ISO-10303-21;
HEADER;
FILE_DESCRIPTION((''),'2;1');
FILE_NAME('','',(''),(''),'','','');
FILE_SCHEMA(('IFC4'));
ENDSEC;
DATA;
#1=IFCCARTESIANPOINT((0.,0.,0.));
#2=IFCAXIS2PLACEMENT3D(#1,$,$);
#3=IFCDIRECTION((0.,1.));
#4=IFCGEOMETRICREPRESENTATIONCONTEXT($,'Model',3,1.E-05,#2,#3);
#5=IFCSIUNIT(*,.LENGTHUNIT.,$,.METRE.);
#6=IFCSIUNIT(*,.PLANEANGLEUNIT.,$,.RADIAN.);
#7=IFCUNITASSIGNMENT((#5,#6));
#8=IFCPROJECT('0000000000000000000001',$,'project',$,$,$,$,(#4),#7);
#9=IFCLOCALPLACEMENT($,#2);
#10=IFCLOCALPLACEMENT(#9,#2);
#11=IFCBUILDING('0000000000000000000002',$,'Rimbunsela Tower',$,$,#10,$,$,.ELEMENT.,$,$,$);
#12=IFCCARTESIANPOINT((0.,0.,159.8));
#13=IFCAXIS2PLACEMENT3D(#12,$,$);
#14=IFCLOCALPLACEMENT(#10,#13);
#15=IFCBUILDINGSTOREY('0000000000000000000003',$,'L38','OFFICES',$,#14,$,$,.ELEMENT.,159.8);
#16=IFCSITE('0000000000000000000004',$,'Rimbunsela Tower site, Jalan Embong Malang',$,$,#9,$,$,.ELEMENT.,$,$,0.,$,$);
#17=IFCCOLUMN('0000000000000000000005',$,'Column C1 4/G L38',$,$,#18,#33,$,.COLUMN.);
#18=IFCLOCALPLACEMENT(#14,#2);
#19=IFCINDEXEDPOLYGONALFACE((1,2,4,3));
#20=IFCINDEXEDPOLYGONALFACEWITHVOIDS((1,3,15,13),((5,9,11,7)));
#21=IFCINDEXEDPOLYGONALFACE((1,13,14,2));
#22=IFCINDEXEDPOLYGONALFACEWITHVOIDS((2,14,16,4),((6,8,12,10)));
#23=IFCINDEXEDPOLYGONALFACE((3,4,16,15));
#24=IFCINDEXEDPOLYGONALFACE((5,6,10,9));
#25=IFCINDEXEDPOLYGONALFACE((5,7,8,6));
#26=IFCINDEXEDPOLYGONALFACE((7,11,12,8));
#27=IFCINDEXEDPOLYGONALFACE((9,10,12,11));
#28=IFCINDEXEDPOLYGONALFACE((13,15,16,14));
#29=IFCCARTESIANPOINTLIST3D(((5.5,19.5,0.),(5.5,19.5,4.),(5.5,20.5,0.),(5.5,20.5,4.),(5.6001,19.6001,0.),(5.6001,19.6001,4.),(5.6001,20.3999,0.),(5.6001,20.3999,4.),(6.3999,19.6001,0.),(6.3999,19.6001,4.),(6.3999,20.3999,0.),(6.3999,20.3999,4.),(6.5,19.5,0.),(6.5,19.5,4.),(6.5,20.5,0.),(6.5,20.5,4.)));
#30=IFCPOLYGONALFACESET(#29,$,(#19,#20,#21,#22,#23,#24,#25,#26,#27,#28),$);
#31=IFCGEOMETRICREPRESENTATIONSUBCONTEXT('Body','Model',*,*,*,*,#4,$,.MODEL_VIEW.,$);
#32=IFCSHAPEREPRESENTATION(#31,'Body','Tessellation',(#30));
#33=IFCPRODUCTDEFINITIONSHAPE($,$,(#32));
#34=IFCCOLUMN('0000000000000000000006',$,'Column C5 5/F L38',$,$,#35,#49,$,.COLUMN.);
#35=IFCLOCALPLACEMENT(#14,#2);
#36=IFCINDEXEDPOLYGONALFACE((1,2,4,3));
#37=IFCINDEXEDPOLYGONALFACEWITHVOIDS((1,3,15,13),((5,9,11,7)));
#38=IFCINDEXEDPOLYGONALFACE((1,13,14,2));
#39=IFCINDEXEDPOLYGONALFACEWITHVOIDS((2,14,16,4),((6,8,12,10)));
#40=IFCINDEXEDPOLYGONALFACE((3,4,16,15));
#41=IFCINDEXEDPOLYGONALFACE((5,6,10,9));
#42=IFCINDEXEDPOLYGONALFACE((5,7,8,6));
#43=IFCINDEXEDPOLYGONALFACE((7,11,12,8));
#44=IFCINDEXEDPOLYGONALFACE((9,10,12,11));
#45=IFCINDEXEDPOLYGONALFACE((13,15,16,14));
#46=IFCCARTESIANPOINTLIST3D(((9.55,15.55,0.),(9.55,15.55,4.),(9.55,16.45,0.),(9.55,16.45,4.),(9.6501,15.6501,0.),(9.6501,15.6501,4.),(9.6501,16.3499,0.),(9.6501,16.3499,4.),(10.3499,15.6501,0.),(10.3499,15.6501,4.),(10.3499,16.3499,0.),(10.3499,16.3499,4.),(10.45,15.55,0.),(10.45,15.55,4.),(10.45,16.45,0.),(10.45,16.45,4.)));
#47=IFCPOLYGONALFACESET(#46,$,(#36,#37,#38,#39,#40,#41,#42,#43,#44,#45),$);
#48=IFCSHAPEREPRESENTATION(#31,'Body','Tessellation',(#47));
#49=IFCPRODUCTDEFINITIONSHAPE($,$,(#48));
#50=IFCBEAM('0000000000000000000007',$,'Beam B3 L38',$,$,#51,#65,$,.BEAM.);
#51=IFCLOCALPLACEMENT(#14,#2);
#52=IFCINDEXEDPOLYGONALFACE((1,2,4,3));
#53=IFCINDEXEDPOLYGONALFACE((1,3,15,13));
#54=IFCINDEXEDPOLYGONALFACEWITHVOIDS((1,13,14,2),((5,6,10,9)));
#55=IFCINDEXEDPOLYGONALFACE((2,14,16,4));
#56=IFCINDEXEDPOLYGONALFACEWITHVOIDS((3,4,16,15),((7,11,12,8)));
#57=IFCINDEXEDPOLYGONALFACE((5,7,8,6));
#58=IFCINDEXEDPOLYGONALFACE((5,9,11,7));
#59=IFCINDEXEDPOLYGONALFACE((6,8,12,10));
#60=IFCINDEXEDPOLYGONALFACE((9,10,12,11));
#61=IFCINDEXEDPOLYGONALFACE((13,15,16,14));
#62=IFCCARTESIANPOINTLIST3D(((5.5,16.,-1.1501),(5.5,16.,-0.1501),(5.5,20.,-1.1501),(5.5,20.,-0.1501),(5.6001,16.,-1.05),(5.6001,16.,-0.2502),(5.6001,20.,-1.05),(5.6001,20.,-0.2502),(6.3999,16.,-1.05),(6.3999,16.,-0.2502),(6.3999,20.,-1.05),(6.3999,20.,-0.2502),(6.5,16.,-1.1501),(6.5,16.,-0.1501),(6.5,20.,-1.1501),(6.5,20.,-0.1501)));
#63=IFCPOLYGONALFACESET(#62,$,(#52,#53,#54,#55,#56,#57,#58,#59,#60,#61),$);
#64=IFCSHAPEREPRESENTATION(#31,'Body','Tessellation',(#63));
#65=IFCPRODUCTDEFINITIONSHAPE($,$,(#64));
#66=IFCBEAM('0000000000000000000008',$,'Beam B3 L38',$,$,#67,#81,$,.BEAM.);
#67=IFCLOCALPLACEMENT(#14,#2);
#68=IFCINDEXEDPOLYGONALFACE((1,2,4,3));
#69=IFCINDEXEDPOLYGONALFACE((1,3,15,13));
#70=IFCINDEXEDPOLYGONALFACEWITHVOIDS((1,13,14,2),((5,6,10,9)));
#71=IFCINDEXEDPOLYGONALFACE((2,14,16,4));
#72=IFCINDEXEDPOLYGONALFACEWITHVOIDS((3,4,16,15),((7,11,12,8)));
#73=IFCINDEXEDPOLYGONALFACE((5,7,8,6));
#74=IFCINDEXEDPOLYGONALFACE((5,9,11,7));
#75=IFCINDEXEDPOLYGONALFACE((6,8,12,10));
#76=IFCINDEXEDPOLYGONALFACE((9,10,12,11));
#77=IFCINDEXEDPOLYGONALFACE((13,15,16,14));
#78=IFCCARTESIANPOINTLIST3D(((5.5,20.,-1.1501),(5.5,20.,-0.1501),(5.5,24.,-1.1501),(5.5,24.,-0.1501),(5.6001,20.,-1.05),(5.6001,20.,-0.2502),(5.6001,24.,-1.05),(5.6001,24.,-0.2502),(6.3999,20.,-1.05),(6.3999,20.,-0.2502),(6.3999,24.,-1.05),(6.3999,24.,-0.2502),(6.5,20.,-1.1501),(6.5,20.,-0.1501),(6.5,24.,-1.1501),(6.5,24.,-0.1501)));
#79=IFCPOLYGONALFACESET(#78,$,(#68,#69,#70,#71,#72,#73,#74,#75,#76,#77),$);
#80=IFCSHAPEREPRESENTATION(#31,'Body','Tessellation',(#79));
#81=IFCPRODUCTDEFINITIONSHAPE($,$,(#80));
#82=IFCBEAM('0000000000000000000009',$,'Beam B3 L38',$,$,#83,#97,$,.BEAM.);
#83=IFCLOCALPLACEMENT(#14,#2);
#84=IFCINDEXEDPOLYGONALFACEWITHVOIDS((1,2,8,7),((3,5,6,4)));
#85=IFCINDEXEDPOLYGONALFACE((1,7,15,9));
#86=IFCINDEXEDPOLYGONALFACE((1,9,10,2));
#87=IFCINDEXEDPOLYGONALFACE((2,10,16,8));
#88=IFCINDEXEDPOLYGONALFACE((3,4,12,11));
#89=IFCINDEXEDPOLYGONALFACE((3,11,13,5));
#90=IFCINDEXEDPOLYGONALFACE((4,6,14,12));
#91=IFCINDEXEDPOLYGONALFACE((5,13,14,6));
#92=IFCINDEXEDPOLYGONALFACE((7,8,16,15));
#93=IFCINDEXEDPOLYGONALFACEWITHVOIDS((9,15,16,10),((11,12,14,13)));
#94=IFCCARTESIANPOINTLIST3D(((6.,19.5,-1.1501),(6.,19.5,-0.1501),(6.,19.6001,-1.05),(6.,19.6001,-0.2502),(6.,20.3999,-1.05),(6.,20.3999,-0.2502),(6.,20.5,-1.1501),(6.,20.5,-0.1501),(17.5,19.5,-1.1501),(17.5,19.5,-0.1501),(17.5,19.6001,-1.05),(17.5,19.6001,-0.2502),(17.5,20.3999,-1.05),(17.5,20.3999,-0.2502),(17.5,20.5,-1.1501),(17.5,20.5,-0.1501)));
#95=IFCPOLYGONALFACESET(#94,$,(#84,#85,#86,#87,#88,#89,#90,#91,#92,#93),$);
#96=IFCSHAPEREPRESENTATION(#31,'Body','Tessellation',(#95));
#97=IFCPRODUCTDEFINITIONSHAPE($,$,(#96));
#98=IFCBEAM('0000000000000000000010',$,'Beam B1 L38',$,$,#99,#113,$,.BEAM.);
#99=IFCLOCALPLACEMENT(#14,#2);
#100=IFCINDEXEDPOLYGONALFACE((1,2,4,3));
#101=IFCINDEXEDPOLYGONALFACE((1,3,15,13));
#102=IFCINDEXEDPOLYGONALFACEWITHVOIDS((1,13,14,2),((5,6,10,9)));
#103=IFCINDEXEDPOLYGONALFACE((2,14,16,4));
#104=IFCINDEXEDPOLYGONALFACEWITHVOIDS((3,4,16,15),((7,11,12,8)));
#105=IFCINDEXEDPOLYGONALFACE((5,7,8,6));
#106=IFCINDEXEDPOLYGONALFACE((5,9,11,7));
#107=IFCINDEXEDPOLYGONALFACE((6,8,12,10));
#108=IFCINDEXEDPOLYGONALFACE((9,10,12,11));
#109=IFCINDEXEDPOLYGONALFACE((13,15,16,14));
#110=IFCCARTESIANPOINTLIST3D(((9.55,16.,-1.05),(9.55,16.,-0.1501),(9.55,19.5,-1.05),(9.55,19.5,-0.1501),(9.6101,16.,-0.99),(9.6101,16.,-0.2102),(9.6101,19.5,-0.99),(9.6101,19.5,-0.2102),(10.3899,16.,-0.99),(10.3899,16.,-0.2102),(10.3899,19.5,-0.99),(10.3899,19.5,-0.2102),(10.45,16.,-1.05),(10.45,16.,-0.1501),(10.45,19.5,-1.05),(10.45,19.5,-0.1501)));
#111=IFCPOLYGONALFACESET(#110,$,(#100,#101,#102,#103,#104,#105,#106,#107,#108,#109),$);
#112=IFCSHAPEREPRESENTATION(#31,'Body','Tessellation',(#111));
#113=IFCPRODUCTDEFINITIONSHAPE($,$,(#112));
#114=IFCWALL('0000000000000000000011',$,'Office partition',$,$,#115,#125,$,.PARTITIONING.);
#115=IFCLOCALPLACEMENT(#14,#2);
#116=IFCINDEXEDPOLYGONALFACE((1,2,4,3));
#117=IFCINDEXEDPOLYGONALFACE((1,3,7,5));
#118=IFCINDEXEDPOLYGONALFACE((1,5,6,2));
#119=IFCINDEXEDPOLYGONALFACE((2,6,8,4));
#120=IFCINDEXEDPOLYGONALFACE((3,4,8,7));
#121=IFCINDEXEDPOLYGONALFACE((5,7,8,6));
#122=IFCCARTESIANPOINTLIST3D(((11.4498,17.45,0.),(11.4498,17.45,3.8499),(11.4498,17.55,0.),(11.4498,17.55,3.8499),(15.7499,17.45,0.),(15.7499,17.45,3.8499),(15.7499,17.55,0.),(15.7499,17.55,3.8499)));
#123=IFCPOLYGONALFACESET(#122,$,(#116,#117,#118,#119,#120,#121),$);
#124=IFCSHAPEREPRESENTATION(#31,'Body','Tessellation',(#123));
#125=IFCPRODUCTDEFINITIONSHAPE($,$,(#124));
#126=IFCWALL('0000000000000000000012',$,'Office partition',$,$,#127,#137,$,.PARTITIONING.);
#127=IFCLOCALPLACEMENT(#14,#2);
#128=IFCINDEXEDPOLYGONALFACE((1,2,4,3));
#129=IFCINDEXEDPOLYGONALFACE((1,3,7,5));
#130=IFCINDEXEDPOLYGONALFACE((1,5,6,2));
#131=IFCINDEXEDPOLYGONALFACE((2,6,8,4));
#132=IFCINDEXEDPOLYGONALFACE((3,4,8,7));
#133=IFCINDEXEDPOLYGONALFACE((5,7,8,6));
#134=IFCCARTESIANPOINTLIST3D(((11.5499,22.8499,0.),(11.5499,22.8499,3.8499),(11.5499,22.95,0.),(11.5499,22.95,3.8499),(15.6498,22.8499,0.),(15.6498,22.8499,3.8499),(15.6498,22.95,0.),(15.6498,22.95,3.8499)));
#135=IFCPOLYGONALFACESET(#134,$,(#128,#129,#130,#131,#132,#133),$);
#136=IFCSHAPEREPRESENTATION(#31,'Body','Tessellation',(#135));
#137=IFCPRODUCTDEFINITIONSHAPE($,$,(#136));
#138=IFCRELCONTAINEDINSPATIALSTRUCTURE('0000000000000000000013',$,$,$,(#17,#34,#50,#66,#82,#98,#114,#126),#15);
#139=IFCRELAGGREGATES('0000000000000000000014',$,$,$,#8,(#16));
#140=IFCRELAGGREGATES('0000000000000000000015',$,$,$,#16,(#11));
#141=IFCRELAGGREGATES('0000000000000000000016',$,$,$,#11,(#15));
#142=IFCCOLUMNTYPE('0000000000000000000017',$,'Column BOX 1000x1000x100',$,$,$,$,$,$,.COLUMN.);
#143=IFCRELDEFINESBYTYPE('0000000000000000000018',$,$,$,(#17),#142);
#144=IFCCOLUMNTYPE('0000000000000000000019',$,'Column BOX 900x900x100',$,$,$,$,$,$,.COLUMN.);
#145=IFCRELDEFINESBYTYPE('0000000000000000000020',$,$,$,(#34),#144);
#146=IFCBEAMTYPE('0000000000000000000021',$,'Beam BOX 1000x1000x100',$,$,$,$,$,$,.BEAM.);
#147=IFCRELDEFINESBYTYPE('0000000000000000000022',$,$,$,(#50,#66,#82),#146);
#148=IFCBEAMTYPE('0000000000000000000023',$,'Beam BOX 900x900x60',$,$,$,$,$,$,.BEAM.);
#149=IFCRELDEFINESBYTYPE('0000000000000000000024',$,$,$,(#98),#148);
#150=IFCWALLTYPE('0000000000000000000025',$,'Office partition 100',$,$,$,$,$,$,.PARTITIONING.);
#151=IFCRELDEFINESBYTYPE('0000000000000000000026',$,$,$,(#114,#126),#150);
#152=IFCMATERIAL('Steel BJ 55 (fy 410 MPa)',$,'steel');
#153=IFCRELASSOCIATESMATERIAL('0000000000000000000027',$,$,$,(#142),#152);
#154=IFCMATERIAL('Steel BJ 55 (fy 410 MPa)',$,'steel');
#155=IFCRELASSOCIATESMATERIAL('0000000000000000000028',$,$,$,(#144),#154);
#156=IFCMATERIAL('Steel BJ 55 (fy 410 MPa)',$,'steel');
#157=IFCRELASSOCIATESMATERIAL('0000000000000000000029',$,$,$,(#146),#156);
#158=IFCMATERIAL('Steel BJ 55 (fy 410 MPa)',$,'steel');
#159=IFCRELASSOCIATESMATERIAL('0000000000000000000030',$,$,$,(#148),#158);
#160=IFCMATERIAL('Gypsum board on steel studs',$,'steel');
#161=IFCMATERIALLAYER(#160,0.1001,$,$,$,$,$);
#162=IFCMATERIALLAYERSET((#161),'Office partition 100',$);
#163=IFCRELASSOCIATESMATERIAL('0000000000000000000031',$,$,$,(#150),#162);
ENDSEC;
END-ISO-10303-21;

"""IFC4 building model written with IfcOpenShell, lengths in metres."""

from ifc_helpers import new_model, si_unit, direction, frame, frame_2d, origin, origin_2d, place, context, subcontext, project, spatial, rectangle, hollow_rectangle, extrude, material, layer, layer_set, material_profile, profile_set, type_object, element, save


model = new_model("IFC4")

# Units and contexts
model_context = context("Model", 3, precision=1e-05, world=origin(), true_north=direction((0.0, 1.0)))
body_context = subcontext(model_context, "Body", "Model", "MODEL_VIEW")
ifc_project = project(units=[si_unit("LENGTHUNIT", "METRE"), si_unit("PLANEANGLEUNIT", "RADIAN")], contexts=[model_context])

# Site, building, storey
site_placement = place(None, origin())
site = spatial("IfcSite", under=ifc_project, at=site_placement, Name="Rimbunsela Tower site, Jalan Embong Malang", CompositionType="ELEMENT", RefElevation=0.0)
building_placement = place(site_placement, origin())
building = spatial("IfcBuilding", under=site, at=building_placement, Name="Rimbunsela Tower", CompositionType="ELEMENT")
storey_placement = place(building_placement, frame((0.0, 0.0, 159.8)))
storey = spatial("IfcBuildingStorey", under=building, at=storey_placement, Name="L38", Description="OFFICES", CompositionType="ELEMENT", Elevation=159.8)

# Columns
ifc_material_1 = material(Name="Steel BJ 55 (fy 410 MPa)", Category="steel")
ifc_material_profile_1 = material_profile(ifc_material_1, hollow_rectangle(XDim=1.0, YDim=1.0, WallThickness=0.1001, at=origin_2d()), Name="BOX 1000x1000x100")
ifc_profile_set_1 = profile_set([ifc_material_profile_1], Name="Steel BJ 55 (fy 410 MPa)")
column_type_1 = type_object("IfcColumnType", Name="Column BOX 1000x1000x100", PredefinedType="COLUMN", material=ifc_profile_set_1)
column_1_placement = place(storey_placement, frame((6.0, 20.0, 0.0), z_axis=(0.0, 0.0, 1.0), x_axis=(1.0, 0.0, 0.0)))
element("IfcColumn", 1, at=column_1_placement, inside=storey, type_object=column_type_1, Name="Column C1 4/G L38", PredefinedType="COLUMN", context=body_context, shape_type="SweptSolid", body=[
    extrude(hollow_rectangle(XDim=1.0, YDim=1.0, WallThickness=0.1001, at=origin_2d()), origin(), (0.0, 0.0, 1.0), 4.0),
])
ifc_material_2 = material(Name="Steel BJ 55 (fy 410 MPa)", Category="steel")
ifc_material_profile_2 = material_profile(ifc_material_2, hollow_rectangle(XDim=0.8999, YDim=0.8999, WallThickness=0.1001, at=origin_2d()), Name="BOX 900x900x100")
ifc_profile_set_2 = profile_set([ifc_material_profile_2], Name="Steel BJ 55 (fy 410 MPa)")
column_type_2 = type_object("IfcColumnType", Name="Column BOX 900x900x100", PredefinedType="COLUMN", material=ifc_profile_set_2)
column_2_placement = place(storey_placement, frame((10.0, 16.0, 0.0), z_axis=(0.0, 0.0, 1.0), x_axis=(1.0, 0.0, 0.0)))
element("IfcColumn", 2, at=column_2_placement, inside=storey, type_object=column_type_2, Name="Column C5 5/F L38", PredefinedType="COLUMN", context=body_context, shape_type="SweptSolid", body=[
    extrude(hollow_rectangle(XDim=0.8999, YDim=0.8999, WallThickness=0.1001, at=origin_2d()), origin(), (0.0, 0.0, 1.0), 4.0),
])

# Beams
ifc_material_3 = material(Name="Steel BJ 55 (fy 410 MPa)", Category="steel")
ifc_material_profile_3 = material_profile(ifc_material_3, hollow_rectangle(XDim=1.0, YDim=1.0, WallThickness=0.1001, at=origin_2d()), Name="BOX 1000x1000x100")
ifc_profile_set_3 = profile_set([ifc_material_profile_3], Name="Steel BJ 55 (fy 410 MPa)")
beam_type_1 = type_object("IfcBeamType", Name="Beam BOX 1000x1000x100", PredefinedType="BEAM", material=ifc_profile_set_3)
for number, where, z_axis, x_axis, name in (
    (3, (6.0, 16.0, -0.6501), (0.0, 1.0, 0.0), (-1.0, 0.0, 0.0), "Beam B3 L38"),
    (4, (6.0, 20.0, -0.6501), (0.0, 1.0, 0.0), (-1.0, 0.0, 0.0), "Beam B3 L38"),
):
    element("IfcBeam", number, at=place(storey_placement, frame(where, z_axis=z_axis, x_axis=x_axis)), inside=storey, type_object=beam_type_1, Name=name, PredefinedType="BEAM", context=body_context, shape_type="SweptSolid", body=[
        extrude(hollow_rectangle(XDim=1.0, YDim=1.0, WallThickness=0.1001, at=origin_2d()), origin(), (0.0, 0.0, 1.0), 4.0),
    ])
beam_1_placement = place(storey_placement, frame((6.0, 20.0, -0.6501), z_axis=(1.0, 0.0, 0.0), x_axis=(0.0, 1.0, 0.0)))
element("IfcBeam", 5, at=beam_1_placement, inside=storey, type_object=beam_type_1, Name="Beam B3 L38", PredefinedType="BEAM", context=body_context, shape_type="SweptSolid", body=[
    extrude(hollow_rectangle(XDim=1.0, YDim=1.0, WallThickness=0.1001, at=origin_2d()), origin(), (0.0, 0.0, 1.0), 11.5),
])
ifc_material_4 = material(Name="Steel BJ 55 (fy 410 MPa)", Category="steel")
ifc_material_profile_4 = material_profile(ifc_material_4, hollow_rectangle(XDim=0.8999, YDim=0.8999, WallThickness=0.0601, at=origin_2d()), Name="BOX 900x900x60")
ifc_profile_set_4 = profile_set([ifc_material_profile_4], Name="Steel BJ 55 (fy 410 MPa)")
beam_type_2 = type_object("IfcBeamType", Name="Beam BOX 900x900x60", PredefinedType="BEAM", material=ifc_profile_set_4)
beam_2_placement = place(storey_placement, frame((10.0, 16.0, -0.6001), z_axis=(0.0, 1.0, 0.0), x_axis=(-1.0, 0.0, 0.0)))
element("IfcBeam", 6, at=beam_2_placement, inside=storey, type_object=beam_type_2, Name="Beam B1 L38", PredefinedType="BEAM", context=body_context, shape_type="SweptSolid", body=[
    extrude(hollow_rectangle(XDim=0.8999, YDim=0.8999, WallThickness=0.0601, at=origin_2d()), origin(), (0.0, 0.0, 1.0), 3.5),
])

# Walls
ifc_material_5 = material(Name="Gypsum board on steel studs", Category="steel")
ifc_layer_1 = layer(ifc_material_5, 0.1001)
ifc_layer_set_1 = layer_set([ifc_layer_1], Name="Office partition 100")
wall_type_1 = type_object("IfcWallType", Name="Office partition 100", PredefinedType="PARTITIONING", material=ifc_layer_set_1)
wall_1_placement = place(storey_placement, frame((11.45, 17.5, 0.0), z_axis=(0.0, 0.0, 1.0), x_axis=(1.0, 0.0, 0.0)))
element("IfcWall", 7, at=wall_1_placement, inside=storey, type_object=wall_type_1, Name="Office partition", PredefinedType="PARTITIONING", context=body_context, shape_type="SweptSolid", body=[
    extrude(rectangle(XDim=4.3, YDim=0.1001, at=frame_2d((2.1499, 0.0))), origin(), (0.0, 0.0, 1.0), 3.8499),
])
wall_2_placement = place(storey_placement, frame((11.55, 22.8999, 0.0), z_axis=(0.0, 0.0, 1.0), x_axis=(1.0, 0.0, 0.0)))
element("IfcWall", 8, at=wall_2_placement, inside=storey, type_object=wall_type_1, Name="Office partition", PredefinedType="PARTITIONING", context=body_context, shape_type="SweptSolid", body=[
    extrude(rectangle(XDim=4.0999, YDim=0.1001, at=frame_2d((2.0498, 0.0))), origin(), (0.0, 0.0, 1.0), 3.8499),
])

save(model, "model.ifc")
